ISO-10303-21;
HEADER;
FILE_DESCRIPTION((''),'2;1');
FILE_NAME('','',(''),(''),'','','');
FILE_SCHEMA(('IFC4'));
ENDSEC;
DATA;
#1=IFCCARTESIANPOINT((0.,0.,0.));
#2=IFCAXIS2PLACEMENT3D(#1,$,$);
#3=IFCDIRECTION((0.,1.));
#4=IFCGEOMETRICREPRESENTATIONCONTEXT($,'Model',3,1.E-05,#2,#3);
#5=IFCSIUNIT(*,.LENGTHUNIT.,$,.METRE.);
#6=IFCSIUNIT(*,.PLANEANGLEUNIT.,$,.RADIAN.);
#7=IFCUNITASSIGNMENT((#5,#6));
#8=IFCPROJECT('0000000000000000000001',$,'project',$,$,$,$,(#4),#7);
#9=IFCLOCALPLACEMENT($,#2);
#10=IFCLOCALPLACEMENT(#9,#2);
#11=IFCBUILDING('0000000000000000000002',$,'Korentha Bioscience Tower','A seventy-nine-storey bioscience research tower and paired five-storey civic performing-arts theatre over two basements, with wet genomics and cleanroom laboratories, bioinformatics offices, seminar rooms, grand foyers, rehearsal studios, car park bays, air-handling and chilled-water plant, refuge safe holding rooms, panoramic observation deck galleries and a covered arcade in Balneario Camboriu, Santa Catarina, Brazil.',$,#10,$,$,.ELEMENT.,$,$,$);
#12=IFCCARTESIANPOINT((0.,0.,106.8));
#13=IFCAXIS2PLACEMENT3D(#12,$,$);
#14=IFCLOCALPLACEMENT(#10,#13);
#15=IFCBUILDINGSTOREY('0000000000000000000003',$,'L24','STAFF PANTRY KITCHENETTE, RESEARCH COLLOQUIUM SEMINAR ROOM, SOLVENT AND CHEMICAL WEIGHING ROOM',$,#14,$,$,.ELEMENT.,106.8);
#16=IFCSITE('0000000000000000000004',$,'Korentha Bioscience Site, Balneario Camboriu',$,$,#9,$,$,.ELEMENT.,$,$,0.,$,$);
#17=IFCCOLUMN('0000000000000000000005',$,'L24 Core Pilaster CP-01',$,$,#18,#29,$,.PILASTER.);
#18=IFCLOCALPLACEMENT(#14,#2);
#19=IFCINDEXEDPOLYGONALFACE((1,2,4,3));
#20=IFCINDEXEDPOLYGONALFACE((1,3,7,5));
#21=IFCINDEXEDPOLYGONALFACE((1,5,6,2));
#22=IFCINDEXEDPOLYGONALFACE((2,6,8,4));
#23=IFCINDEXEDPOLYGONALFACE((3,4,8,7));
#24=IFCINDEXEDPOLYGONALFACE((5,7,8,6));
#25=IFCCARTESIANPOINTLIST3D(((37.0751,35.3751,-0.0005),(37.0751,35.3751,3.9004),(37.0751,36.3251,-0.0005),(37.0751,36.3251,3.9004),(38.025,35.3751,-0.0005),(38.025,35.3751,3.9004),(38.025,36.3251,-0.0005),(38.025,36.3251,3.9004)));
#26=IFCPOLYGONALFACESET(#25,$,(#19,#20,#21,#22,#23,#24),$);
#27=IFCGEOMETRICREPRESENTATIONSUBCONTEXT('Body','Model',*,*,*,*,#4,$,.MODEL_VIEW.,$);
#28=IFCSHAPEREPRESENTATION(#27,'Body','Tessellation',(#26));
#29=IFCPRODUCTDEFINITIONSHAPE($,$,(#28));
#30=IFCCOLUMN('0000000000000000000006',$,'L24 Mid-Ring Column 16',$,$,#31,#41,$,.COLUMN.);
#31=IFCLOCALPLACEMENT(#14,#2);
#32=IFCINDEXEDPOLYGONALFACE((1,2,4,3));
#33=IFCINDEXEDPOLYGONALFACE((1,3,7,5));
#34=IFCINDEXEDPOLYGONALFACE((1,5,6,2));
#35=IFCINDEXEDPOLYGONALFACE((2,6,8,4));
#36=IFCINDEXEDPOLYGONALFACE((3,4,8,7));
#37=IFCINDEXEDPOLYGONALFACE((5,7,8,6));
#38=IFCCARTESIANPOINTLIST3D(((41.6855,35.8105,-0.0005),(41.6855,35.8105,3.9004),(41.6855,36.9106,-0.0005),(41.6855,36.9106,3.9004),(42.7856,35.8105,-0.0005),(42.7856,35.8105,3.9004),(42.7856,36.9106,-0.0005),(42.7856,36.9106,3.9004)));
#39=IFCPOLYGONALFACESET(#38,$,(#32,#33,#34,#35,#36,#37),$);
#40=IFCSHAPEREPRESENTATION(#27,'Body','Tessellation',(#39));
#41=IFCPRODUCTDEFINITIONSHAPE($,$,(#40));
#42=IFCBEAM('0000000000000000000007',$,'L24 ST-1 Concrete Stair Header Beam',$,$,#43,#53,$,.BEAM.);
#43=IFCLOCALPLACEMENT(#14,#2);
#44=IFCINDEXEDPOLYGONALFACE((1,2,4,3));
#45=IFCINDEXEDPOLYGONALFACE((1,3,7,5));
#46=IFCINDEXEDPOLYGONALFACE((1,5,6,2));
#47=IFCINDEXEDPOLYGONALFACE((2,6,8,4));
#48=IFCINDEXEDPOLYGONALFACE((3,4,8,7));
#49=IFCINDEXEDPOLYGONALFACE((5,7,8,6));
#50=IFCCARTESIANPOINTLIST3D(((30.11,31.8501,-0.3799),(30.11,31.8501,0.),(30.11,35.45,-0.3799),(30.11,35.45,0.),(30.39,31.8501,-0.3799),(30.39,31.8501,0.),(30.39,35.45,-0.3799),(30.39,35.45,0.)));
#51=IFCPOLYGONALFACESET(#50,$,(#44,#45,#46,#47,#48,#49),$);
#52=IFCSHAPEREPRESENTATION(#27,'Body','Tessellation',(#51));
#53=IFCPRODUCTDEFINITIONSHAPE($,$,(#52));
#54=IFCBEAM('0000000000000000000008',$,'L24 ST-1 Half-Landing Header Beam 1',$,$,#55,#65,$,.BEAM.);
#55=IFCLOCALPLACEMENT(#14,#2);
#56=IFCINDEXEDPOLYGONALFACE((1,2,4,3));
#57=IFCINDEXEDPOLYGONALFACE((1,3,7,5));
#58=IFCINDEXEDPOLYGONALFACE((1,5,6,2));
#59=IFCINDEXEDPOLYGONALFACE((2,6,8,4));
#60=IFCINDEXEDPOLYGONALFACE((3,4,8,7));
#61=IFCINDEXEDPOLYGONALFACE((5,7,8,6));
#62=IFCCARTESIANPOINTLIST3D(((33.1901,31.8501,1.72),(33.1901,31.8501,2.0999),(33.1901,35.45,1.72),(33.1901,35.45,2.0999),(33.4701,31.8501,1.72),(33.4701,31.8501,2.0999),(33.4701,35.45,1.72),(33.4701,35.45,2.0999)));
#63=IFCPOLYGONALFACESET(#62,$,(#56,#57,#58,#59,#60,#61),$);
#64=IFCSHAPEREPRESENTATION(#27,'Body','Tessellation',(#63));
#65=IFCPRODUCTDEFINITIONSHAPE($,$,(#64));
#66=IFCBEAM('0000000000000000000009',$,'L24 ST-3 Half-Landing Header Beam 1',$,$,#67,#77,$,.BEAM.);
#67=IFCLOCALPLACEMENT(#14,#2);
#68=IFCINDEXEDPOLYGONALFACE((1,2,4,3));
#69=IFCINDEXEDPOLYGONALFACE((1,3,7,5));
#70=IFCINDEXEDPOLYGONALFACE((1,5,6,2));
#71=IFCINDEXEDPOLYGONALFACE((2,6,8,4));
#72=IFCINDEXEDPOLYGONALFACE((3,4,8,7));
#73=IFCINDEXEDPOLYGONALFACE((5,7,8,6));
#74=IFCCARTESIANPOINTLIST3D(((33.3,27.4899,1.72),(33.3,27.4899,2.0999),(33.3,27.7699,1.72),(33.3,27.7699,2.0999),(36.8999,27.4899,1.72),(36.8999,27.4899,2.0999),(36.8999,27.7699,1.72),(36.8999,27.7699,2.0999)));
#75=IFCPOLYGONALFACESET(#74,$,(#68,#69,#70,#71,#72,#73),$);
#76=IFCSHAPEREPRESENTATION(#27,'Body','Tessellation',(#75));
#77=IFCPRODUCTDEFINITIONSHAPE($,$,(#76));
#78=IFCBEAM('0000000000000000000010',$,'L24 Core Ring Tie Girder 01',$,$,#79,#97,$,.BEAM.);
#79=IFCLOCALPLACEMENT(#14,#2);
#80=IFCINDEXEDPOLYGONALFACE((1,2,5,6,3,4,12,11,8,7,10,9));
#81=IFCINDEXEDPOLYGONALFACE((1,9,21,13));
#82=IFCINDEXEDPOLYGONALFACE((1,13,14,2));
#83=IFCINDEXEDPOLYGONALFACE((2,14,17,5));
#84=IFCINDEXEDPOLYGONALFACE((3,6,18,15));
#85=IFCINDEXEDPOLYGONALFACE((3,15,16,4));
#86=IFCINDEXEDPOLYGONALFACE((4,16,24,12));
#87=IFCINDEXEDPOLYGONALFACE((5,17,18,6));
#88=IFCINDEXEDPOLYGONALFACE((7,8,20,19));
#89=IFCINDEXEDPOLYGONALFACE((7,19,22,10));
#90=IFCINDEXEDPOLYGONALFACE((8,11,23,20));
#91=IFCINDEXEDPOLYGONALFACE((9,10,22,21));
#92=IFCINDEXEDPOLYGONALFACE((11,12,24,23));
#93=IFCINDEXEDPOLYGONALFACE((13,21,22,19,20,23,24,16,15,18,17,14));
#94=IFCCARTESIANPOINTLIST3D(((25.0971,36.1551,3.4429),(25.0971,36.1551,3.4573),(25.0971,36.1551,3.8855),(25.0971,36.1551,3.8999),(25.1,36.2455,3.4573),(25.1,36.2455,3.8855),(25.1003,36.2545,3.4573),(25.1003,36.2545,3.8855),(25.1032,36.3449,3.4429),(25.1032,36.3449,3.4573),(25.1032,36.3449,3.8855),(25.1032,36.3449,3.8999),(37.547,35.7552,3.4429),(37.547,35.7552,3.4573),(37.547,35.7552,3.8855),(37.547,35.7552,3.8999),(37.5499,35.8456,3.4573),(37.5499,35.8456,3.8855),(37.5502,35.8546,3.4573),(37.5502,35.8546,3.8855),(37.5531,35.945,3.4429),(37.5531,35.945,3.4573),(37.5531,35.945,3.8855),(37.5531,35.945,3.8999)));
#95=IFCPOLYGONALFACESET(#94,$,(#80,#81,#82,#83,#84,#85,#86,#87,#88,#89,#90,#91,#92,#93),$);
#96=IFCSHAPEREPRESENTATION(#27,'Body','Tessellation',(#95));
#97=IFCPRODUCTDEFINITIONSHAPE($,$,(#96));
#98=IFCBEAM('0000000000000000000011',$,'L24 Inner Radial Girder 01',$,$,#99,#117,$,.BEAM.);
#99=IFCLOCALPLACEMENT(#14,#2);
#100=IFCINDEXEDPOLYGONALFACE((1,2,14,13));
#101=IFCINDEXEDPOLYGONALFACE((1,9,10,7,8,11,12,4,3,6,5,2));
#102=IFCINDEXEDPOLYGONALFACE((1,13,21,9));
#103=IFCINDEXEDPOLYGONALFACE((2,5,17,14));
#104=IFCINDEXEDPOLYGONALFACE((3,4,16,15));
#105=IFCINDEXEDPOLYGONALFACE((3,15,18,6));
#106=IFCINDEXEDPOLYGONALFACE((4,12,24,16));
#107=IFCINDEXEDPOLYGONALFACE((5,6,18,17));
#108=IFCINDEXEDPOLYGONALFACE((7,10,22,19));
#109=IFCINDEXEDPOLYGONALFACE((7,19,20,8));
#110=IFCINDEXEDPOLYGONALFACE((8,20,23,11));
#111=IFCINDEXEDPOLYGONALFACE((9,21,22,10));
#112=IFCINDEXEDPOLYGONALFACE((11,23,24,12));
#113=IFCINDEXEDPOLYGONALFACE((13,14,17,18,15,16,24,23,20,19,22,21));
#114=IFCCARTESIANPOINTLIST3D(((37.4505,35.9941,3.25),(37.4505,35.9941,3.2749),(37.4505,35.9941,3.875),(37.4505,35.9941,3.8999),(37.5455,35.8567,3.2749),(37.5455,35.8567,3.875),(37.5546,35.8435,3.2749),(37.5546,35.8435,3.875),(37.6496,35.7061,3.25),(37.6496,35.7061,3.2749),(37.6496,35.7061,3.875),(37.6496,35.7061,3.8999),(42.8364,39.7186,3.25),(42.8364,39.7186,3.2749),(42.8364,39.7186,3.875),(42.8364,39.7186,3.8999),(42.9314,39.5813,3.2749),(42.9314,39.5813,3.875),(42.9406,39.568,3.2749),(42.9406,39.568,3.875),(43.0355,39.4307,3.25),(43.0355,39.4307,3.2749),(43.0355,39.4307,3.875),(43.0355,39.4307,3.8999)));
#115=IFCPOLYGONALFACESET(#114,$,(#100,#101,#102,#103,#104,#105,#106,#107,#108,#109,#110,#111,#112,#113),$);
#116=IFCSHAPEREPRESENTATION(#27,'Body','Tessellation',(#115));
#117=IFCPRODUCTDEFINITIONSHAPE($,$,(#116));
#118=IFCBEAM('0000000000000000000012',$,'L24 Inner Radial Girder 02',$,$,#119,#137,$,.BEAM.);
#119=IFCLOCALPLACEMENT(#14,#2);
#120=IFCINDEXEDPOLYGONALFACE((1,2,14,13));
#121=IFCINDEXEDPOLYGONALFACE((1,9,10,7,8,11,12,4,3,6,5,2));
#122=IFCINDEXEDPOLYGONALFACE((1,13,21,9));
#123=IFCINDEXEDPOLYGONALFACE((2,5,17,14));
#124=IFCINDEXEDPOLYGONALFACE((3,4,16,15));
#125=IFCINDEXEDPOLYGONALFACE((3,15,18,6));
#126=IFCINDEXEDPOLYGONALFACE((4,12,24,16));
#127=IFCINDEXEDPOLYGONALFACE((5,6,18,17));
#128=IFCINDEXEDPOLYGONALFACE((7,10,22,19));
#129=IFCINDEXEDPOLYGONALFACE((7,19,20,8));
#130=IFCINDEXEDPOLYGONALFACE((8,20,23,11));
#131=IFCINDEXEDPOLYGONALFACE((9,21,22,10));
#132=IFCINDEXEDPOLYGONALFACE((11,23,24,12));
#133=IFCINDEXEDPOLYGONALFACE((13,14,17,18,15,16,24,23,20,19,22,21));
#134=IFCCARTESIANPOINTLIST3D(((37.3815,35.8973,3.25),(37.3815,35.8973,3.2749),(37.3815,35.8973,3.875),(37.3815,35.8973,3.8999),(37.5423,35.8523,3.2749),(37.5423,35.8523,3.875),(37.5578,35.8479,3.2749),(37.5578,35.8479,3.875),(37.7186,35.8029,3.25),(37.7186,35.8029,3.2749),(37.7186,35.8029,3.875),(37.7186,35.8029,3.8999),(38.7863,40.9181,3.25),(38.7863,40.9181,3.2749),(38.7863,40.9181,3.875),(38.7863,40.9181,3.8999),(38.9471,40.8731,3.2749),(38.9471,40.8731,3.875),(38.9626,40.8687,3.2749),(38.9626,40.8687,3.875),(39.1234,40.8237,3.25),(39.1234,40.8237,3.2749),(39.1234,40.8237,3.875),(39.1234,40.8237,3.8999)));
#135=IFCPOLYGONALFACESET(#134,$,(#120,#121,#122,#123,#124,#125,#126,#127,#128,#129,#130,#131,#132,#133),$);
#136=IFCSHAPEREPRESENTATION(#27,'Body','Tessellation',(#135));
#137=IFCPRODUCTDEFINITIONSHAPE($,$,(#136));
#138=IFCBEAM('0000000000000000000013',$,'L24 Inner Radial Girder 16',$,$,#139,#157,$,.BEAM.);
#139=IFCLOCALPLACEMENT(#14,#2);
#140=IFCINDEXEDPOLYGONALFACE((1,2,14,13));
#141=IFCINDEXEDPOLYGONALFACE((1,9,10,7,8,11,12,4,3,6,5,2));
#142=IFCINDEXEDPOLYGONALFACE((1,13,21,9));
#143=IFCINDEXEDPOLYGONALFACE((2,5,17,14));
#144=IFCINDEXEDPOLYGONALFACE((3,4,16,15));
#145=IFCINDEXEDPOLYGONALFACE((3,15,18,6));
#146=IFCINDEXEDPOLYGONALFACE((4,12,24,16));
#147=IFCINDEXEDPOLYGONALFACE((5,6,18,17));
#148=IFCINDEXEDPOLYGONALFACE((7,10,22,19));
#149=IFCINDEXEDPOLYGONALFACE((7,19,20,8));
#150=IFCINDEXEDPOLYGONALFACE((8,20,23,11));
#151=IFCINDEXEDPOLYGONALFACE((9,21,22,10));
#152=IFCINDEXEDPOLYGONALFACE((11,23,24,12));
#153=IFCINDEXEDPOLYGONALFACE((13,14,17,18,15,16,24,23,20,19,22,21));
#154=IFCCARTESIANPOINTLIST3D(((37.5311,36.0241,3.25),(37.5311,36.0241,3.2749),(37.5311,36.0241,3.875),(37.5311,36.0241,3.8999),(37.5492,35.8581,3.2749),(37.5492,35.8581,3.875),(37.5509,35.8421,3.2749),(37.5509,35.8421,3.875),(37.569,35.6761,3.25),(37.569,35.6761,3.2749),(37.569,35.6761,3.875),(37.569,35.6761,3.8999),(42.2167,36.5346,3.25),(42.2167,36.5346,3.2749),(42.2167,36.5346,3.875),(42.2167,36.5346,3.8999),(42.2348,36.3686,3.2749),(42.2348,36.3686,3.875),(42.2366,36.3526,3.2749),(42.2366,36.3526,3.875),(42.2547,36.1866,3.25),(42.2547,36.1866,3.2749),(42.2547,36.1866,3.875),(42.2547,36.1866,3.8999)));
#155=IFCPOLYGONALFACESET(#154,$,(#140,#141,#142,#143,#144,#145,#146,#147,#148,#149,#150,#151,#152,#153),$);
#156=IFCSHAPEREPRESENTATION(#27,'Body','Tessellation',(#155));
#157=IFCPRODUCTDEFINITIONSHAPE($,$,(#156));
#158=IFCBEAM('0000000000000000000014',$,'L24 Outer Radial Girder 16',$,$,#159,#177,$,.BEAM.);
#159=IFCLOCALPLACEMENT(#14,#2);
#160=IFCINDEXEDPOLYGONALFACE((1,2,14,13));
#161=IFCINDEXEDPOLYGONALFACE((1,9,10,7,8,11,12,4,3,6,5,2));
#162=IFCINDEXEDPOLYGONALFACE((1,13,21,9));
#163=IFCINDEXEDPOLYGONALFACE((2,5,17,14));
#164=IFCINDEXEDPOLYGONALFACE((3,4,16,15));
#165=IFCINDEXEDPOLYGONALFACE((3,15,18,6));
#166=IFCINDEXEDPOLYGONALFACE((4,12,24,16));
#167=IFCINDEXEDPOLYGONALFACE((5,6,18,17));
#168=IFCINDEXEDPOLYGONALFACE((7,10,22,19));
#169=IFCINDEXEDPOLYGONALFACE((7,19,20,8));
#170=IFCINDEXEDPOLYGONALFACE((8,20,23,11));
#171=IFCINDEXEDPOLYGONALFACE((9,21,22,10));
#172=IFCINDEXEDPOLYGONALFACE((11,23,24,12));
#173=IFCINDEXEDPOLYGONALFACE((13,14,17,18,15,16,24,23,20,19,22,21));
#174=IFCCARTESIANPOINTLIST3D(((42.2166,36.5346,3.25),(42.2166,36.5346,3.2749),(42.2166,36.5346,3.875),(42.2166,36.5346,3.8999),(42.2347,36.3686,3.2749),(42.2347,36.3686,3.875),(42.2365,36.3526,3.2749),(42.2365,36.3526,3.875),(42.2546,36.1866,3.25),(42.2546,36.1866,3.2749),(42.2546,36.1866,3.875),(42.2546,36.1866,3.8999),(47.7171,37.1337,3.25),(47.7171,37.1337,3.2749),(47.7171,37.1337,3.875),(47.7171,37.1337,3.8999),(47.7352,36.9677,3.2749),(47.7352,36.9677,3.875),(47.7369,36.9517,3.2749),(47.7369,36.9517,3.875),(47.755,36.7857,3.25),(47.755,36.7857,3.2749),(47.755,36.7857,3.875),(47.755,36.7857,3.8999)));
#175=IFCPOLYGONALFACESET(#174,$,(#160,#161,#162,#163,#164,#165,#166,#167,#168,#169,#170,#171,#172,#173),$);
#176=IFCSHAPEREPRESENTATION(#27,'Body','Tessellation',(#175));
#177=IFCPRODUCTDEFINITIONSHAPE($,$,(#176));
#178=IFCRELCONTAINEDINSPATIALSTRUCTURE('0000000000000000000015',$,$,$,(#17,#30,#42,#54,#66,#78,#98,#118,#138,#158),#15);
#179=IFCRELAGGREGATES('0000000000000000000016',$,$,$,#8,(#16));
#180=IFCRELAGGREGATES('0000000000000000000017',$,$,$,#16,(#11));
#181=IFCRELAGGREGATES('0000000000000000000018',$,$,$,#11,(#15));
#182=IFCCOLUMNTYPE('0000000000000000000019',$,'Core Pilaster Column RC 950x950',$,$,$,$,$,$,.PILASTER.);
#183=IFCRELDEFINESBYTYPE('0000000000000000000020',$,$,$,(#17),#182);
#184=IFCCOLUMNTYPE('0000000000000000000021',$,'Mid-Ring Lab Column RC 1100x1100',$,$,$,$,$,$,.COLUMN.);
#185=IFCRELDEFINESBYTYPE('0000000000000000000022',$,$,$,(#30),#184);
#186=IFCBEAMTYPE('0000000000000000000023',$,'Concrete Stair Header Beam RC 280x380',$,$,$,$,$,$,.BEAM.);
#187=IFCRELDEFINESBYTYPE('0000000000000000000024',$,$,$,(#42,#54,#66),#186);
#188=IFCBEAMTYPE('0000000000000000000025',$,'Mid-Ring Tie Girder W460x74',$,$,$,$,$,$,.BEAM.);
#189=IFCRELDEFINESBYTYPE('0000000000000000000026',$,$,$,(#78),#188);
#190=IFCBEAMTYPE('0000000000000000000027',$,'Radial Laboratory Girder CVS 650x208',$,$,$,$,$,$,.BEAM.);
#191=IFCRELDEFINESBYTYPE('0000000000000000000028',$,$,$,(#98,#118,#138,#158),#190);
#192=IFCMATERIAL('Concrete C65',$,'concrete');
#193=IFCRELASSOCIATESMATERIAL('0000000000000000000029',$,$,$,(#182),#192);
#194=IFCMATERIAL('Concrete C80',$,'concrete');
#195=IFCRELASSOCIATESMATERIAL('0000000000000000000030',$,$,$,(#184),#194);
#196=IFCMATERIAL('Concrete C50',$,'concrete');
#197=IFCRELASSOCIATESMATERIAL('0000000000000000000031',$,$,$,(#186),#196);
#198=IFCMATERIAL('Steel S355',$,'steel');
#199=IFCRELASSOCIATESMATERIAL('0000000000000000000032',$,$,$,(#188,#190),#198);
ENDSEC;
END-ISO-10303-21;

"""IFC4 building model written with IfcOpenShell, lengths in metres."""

from ifc_helpers import new_model, si_unit, direction, frame, origin, origin_2d, place, context, subcontext, project, spatial, rectangle, i_section, extrude, material, material_profile, profile_set, type_object, element, save


model = new_model("IFC4")

# Units and contexts
model_context = context("Model", 3, precision=1e-05, world=origin(), true_north=direction((0.0, 1.0)))
body_context = subcontext(model_context, "Body", "Model", "MODEL_VIEW")
ifc_project = project(units=[si_unit("LENGTHUNIT", "METRE"), si_unit("PLANEANGLEUNIT", "RADIAN")], contexts=[model_context])

# Site, building, storey
site_placement = place(None, origin())
site = spatial("IfcSite", under=ifc_project, at=site_placement, Name="Korentha Bioscience Site, Balneario Camboriu", CompositionType="ELEMENT", RefElevation=0.0)
building_placement = place(site_placement, origin())
building = spatial("IfcBuilding", under=site, at=building_placement, Name="Korentha Bioscience Tower", Description="A seventy-nine-storey bioscience research tower and paired five-storey civic performing-arts theatre over two basements, with wet genomics and cleanroom laboratories, bioinformatics offices, seminar rooms, grand foyers, rehearsal studios, car park bays, air-handling and chilled-water plant, refuge safe holding rooms, panoramic observation deck galleries and a covered arcade in Balneario Camboriu, Santa Catarina, Brazil.", CompositionType="ELEMENT")
storey_placement = place(building_placement, frame((0.0, 0.0, 106.8)))
storey = spatial("IfcBuildingStorey", under=building, at=storey_placement, Name="L24", Description="STAFF PANTRY KITCHENETTE, RESEARCH COLLOQUIUM SEMINAR ROOM, SOLVENT AND CHEMICAL WEIGHING ROOM", CompositionType="ELEMENT", Elevation=106.8)

# Columns
ifc_material_1 = material(Name="Concrete C65", Category="concrete")
ifc_material_profile_1 = material_profile(ifc_material_1, rectangle(XDim=0.95, YDim=0.95, at=origin_2d()), Name="Concrete C65")
ifc_profile_set_1 = profile_set([ifc_material_profile_1], Name="Concrete C65 (COL-CP09)")
column_type_1 = type_object("IfcColumnType", Name="Core Pilaster Column RC 950x950", PredefinedType="PILASTER", material=ifc_profile_set_1)
column_1_placement = place(storey_placement, frame((37.55, 35.8501, -0.0005), z_axis=(0.0, 0.0, 1.0), x_axis=(1.0, 0.0, 0.0)))
element("IfcColumn", 1, at=column_1_placement, inside=storey, type_object=column_type_1, Name="L24 Core Pilaster CP-01", PredefinedType="PILASTER", context=body_context, shape_type="SweptSolid", body=[
    extrude(rectangle(XDim=0.95, YDim=0.95, at=origin_2d()), origin(), (0.0, 0.0, 1.0), 3.9009),
])
ifc_material_2 = material(Name="Concrete C80", Category="concrete")
ifc_material_profile_2 = material_profile(ifc_material_2, rectangle(XDim=1.1001, YDim=1.1001, at=origin_2d()), Name="Concrete C80")
ifc_profile_set_2 = profile_set([ifc_material_profile_2], Name="Concrete C80 (COL-MR11)")
column_type_2 = type_object("IfcColumnType", Name="Mid-Ring Lab Column RC 1100x1100", PredefinedType="COLUMN", material=ifc_profile_set_2)
column_2_placement = place(storey_placement, frame((42.2356, 36.3606, -0.0005), z_axis=(0.0, 0.0, 1.0), x_axis=(1.0, 0.0, 0.0)))
element("IfcColumn", 2, at=column_2_placement, inside=storey, type_object=column_type_2, Name="L24 Mid-Ring Column 16", PredefinedType="COLUMN", context=body_context, shape_type="SweptSolid", body=[
    extrude(rectangle(XDim=1.1001, YDim=1.1001, at=origin_2d()), origin(), (0.0, 0.0, 1.0), 3.9009),
])

# Beams
ifc_material_3 = material(Name="Concrete C50", Category="concrete")
ifc_material_profile_3 = material_profile(ifc_material_3, rectangle(XDim=0.28, YDim=0.3799, at=origin_2d()), Name="Concrete C50")
ifc_profile_set_3 = profile_set([ifc_material_profile_3], Name="Concrete C50 (ST-HB380)")
beam_type_1 = type_object("IfcBeamType", Name="Concrete Stair Header Beam RC 280x380", PredefinedType="BEAM", material=ifc_profile_set_3)
for number, where, z_axis, x_axis, name in (
    (3, (30.25, 31.8501, -0.1899), (0.0, 1.0, 0.0), (-1.0, 0.0, 0.0), "L24 ST-1 Concrete Stair Header Beam"),
    (4, (33.3301, 31.8501, 1.9099), (0.0, 1.0, 0.0), (-1.0, 0.0, 0.0), "L24 ST-1 Half-Landing Header Beam 1"),
    (5, (36.8999, 27.6299, 1.9099), (-1.0, 0.0, 0.0), (0.0, -1.0, 0.0), "L24 ST-3 Half-Landing Header Beam 1"),
):
    element("IfcBeam", number, at=place(storey_placement, frame(where, z_axis=z_axis, x_axis=x_axis)), inside=storey, type_object=beam_type_1, Name=name, PredefinedType="BEAM", context=body_context, shape_type="SweptSolid", body=[
        extrude(rectangle(XDim=0.28, YDim=0.3799, at=origin_2d()), origin(), (0.0, 0.0, 1.0), 3.5999),
    ])
ifc_material_4 = material(Name="Steel S355", Category="steel")
ifc_material_profile_4 = material_profile(ifc_material_4, i_section(OverallWidth=0.1899, OverallDepth=0.457, WebThickness=0.009, FlangeThickness=0.0144, at=origin_2d()), Name="Steel S355")
ifc_profile_set_4 = profile_set([ifc_material_profile_4], Name="Steel S355 (MB-460)")
beam_type_2 = type_object("IfcBeamType", Name="Mid-Ring Tie Girder W460x74", PredefinedType="BEAM", material=ifc_profile_set_4)
beam_1_placement = place(storey_placement, frame((37.55, 35.8501, 3.6714), z_axis=(-0.999485, 0.032104, 0.0), x_axis=(-0.032104, -0.999485, 0.0)))
element("IfcBeam", 6, at=beam_1_placement, inside=storey, type_object=beam_type_2, Name="L24 Core Ring Tie Girder 01", PredefinedType="BEAM", context=body_context, shape_type="SweptSolid", body=[
    extrude(i_section(OverallWidth=0.1899, OverallDepth=0.457, WebThickness=0.009, FlangeThickness=0.0144, at=origin_2d()), origin(), (0.0, 0.0, 1.0), 12.4563),
])
ifc_material_profile_5 = material_profile(ifc_material_4, i_section(OverallWidth=0.3501, OverallDepth=0.6499, WebThickness=0.0161, FlangeThickness=0.0249, at=origin_2d()), Name="Steel S355")
ifc_profile_set_5 = profile_set([ifc_material_profile_5], Name="Steel S355 (RB-650)")
beam_type_3 = type_object("IfcBeamType", Name="Radial Laboratory Girder CVS 650x208", PredefinedType="BEAM", material=ifc_profile_set_5)
beam_2_placement = place(storey_placement, frame((37.55, 35.8501, 3.575), z_axis=(0.822489, 0.568781, 0.0), x_axis=(-0.568781, 0.822489, 0.0)))
element("IfcBeam", 7, at=beam_2_placement, inside=storey, type_object=beam_type_3, Name="L24 Inner Radial Girder 01", PredefinedType="BEAM", context=body_context, shape_type="SweptSolid", body=[
    extrude(i_section(OverallWidth=0.3501, OverallDepth=0.6499, WebThickness=0.0161, FlangeThickness=0.0249, at=origin_2d()), origin(), (0.0, 0.0, 1.0), 6.5483),
])
beam_3_placement = place(storey_placement, frame((37.55, 35.8501, 3.575), z_axis=(0.269448, 0.963015, 0.0), x_axis=(-0.963015, 0.269448, 0.0)))
element("IfcBeam", 8, at=beam_3_placement, inside=storey, type_object=beam_type_3, Name="L24 Inner Radial Girder 02", PredefinedType="BEAM", context=body_context, shape_type="SweptSolid", body=[
    extrude(i_section(OverallWidth=0.3501, OverallDepth=0.6499, WebThickness=0.0161, FlangeThickness=0.0249, at=origin_2d()), origin(), (0.0, 0.0, 1.0), 5.2136),
])
beam_4_placement = place(storey_placement, frame((37.55, 35.8501, 3.575), z_axis=(0.994117, 0.108311, 0.0), x_axis=(-0.108311, 0.994117, 0.0)))
element("IfcBeam", 9, at=beam_4_placement, inside=storey, type_object=beam_type_3, Name="L24 Inner Radial Girder 16", PredefinedType="BEAM", context=body_context, shape_type="SweptSolid", body=[
    extrude(i_section(OverallWidth=0.3501, OverallDepth=0.6499, WebThickness=0.0161, FlangeThickness=0.0249, at=origin_2d()), origin(), (0.0, 0.0, 1.0), 4.7134),
])
beam_5_placement = place(storey_placement, frame((42.2356, 36.3606, 3.575), z_axis=(0.99412, 0.108281, 0.0), x_axis=(-0.108281, 0.99412, 0.0)))
element("IfcBeam", 10, at=beam_5_placement, inside=storey, type_object=beam_type_3, Name="L24 Outer Radial Girder 16", PredefinedType="BEAM", context=body_context, shape_type="SweptSolid", body=[
    extrude(i_section(OverallWidth=0.3501, OverallDepth=0.6499, WebThickness=0.0161, FlangeThickness=0.0249, at=origin_2d()), origin(), (0.0, 0.0, 1.0), 5.533),
])

save(model, "model.ifc")
